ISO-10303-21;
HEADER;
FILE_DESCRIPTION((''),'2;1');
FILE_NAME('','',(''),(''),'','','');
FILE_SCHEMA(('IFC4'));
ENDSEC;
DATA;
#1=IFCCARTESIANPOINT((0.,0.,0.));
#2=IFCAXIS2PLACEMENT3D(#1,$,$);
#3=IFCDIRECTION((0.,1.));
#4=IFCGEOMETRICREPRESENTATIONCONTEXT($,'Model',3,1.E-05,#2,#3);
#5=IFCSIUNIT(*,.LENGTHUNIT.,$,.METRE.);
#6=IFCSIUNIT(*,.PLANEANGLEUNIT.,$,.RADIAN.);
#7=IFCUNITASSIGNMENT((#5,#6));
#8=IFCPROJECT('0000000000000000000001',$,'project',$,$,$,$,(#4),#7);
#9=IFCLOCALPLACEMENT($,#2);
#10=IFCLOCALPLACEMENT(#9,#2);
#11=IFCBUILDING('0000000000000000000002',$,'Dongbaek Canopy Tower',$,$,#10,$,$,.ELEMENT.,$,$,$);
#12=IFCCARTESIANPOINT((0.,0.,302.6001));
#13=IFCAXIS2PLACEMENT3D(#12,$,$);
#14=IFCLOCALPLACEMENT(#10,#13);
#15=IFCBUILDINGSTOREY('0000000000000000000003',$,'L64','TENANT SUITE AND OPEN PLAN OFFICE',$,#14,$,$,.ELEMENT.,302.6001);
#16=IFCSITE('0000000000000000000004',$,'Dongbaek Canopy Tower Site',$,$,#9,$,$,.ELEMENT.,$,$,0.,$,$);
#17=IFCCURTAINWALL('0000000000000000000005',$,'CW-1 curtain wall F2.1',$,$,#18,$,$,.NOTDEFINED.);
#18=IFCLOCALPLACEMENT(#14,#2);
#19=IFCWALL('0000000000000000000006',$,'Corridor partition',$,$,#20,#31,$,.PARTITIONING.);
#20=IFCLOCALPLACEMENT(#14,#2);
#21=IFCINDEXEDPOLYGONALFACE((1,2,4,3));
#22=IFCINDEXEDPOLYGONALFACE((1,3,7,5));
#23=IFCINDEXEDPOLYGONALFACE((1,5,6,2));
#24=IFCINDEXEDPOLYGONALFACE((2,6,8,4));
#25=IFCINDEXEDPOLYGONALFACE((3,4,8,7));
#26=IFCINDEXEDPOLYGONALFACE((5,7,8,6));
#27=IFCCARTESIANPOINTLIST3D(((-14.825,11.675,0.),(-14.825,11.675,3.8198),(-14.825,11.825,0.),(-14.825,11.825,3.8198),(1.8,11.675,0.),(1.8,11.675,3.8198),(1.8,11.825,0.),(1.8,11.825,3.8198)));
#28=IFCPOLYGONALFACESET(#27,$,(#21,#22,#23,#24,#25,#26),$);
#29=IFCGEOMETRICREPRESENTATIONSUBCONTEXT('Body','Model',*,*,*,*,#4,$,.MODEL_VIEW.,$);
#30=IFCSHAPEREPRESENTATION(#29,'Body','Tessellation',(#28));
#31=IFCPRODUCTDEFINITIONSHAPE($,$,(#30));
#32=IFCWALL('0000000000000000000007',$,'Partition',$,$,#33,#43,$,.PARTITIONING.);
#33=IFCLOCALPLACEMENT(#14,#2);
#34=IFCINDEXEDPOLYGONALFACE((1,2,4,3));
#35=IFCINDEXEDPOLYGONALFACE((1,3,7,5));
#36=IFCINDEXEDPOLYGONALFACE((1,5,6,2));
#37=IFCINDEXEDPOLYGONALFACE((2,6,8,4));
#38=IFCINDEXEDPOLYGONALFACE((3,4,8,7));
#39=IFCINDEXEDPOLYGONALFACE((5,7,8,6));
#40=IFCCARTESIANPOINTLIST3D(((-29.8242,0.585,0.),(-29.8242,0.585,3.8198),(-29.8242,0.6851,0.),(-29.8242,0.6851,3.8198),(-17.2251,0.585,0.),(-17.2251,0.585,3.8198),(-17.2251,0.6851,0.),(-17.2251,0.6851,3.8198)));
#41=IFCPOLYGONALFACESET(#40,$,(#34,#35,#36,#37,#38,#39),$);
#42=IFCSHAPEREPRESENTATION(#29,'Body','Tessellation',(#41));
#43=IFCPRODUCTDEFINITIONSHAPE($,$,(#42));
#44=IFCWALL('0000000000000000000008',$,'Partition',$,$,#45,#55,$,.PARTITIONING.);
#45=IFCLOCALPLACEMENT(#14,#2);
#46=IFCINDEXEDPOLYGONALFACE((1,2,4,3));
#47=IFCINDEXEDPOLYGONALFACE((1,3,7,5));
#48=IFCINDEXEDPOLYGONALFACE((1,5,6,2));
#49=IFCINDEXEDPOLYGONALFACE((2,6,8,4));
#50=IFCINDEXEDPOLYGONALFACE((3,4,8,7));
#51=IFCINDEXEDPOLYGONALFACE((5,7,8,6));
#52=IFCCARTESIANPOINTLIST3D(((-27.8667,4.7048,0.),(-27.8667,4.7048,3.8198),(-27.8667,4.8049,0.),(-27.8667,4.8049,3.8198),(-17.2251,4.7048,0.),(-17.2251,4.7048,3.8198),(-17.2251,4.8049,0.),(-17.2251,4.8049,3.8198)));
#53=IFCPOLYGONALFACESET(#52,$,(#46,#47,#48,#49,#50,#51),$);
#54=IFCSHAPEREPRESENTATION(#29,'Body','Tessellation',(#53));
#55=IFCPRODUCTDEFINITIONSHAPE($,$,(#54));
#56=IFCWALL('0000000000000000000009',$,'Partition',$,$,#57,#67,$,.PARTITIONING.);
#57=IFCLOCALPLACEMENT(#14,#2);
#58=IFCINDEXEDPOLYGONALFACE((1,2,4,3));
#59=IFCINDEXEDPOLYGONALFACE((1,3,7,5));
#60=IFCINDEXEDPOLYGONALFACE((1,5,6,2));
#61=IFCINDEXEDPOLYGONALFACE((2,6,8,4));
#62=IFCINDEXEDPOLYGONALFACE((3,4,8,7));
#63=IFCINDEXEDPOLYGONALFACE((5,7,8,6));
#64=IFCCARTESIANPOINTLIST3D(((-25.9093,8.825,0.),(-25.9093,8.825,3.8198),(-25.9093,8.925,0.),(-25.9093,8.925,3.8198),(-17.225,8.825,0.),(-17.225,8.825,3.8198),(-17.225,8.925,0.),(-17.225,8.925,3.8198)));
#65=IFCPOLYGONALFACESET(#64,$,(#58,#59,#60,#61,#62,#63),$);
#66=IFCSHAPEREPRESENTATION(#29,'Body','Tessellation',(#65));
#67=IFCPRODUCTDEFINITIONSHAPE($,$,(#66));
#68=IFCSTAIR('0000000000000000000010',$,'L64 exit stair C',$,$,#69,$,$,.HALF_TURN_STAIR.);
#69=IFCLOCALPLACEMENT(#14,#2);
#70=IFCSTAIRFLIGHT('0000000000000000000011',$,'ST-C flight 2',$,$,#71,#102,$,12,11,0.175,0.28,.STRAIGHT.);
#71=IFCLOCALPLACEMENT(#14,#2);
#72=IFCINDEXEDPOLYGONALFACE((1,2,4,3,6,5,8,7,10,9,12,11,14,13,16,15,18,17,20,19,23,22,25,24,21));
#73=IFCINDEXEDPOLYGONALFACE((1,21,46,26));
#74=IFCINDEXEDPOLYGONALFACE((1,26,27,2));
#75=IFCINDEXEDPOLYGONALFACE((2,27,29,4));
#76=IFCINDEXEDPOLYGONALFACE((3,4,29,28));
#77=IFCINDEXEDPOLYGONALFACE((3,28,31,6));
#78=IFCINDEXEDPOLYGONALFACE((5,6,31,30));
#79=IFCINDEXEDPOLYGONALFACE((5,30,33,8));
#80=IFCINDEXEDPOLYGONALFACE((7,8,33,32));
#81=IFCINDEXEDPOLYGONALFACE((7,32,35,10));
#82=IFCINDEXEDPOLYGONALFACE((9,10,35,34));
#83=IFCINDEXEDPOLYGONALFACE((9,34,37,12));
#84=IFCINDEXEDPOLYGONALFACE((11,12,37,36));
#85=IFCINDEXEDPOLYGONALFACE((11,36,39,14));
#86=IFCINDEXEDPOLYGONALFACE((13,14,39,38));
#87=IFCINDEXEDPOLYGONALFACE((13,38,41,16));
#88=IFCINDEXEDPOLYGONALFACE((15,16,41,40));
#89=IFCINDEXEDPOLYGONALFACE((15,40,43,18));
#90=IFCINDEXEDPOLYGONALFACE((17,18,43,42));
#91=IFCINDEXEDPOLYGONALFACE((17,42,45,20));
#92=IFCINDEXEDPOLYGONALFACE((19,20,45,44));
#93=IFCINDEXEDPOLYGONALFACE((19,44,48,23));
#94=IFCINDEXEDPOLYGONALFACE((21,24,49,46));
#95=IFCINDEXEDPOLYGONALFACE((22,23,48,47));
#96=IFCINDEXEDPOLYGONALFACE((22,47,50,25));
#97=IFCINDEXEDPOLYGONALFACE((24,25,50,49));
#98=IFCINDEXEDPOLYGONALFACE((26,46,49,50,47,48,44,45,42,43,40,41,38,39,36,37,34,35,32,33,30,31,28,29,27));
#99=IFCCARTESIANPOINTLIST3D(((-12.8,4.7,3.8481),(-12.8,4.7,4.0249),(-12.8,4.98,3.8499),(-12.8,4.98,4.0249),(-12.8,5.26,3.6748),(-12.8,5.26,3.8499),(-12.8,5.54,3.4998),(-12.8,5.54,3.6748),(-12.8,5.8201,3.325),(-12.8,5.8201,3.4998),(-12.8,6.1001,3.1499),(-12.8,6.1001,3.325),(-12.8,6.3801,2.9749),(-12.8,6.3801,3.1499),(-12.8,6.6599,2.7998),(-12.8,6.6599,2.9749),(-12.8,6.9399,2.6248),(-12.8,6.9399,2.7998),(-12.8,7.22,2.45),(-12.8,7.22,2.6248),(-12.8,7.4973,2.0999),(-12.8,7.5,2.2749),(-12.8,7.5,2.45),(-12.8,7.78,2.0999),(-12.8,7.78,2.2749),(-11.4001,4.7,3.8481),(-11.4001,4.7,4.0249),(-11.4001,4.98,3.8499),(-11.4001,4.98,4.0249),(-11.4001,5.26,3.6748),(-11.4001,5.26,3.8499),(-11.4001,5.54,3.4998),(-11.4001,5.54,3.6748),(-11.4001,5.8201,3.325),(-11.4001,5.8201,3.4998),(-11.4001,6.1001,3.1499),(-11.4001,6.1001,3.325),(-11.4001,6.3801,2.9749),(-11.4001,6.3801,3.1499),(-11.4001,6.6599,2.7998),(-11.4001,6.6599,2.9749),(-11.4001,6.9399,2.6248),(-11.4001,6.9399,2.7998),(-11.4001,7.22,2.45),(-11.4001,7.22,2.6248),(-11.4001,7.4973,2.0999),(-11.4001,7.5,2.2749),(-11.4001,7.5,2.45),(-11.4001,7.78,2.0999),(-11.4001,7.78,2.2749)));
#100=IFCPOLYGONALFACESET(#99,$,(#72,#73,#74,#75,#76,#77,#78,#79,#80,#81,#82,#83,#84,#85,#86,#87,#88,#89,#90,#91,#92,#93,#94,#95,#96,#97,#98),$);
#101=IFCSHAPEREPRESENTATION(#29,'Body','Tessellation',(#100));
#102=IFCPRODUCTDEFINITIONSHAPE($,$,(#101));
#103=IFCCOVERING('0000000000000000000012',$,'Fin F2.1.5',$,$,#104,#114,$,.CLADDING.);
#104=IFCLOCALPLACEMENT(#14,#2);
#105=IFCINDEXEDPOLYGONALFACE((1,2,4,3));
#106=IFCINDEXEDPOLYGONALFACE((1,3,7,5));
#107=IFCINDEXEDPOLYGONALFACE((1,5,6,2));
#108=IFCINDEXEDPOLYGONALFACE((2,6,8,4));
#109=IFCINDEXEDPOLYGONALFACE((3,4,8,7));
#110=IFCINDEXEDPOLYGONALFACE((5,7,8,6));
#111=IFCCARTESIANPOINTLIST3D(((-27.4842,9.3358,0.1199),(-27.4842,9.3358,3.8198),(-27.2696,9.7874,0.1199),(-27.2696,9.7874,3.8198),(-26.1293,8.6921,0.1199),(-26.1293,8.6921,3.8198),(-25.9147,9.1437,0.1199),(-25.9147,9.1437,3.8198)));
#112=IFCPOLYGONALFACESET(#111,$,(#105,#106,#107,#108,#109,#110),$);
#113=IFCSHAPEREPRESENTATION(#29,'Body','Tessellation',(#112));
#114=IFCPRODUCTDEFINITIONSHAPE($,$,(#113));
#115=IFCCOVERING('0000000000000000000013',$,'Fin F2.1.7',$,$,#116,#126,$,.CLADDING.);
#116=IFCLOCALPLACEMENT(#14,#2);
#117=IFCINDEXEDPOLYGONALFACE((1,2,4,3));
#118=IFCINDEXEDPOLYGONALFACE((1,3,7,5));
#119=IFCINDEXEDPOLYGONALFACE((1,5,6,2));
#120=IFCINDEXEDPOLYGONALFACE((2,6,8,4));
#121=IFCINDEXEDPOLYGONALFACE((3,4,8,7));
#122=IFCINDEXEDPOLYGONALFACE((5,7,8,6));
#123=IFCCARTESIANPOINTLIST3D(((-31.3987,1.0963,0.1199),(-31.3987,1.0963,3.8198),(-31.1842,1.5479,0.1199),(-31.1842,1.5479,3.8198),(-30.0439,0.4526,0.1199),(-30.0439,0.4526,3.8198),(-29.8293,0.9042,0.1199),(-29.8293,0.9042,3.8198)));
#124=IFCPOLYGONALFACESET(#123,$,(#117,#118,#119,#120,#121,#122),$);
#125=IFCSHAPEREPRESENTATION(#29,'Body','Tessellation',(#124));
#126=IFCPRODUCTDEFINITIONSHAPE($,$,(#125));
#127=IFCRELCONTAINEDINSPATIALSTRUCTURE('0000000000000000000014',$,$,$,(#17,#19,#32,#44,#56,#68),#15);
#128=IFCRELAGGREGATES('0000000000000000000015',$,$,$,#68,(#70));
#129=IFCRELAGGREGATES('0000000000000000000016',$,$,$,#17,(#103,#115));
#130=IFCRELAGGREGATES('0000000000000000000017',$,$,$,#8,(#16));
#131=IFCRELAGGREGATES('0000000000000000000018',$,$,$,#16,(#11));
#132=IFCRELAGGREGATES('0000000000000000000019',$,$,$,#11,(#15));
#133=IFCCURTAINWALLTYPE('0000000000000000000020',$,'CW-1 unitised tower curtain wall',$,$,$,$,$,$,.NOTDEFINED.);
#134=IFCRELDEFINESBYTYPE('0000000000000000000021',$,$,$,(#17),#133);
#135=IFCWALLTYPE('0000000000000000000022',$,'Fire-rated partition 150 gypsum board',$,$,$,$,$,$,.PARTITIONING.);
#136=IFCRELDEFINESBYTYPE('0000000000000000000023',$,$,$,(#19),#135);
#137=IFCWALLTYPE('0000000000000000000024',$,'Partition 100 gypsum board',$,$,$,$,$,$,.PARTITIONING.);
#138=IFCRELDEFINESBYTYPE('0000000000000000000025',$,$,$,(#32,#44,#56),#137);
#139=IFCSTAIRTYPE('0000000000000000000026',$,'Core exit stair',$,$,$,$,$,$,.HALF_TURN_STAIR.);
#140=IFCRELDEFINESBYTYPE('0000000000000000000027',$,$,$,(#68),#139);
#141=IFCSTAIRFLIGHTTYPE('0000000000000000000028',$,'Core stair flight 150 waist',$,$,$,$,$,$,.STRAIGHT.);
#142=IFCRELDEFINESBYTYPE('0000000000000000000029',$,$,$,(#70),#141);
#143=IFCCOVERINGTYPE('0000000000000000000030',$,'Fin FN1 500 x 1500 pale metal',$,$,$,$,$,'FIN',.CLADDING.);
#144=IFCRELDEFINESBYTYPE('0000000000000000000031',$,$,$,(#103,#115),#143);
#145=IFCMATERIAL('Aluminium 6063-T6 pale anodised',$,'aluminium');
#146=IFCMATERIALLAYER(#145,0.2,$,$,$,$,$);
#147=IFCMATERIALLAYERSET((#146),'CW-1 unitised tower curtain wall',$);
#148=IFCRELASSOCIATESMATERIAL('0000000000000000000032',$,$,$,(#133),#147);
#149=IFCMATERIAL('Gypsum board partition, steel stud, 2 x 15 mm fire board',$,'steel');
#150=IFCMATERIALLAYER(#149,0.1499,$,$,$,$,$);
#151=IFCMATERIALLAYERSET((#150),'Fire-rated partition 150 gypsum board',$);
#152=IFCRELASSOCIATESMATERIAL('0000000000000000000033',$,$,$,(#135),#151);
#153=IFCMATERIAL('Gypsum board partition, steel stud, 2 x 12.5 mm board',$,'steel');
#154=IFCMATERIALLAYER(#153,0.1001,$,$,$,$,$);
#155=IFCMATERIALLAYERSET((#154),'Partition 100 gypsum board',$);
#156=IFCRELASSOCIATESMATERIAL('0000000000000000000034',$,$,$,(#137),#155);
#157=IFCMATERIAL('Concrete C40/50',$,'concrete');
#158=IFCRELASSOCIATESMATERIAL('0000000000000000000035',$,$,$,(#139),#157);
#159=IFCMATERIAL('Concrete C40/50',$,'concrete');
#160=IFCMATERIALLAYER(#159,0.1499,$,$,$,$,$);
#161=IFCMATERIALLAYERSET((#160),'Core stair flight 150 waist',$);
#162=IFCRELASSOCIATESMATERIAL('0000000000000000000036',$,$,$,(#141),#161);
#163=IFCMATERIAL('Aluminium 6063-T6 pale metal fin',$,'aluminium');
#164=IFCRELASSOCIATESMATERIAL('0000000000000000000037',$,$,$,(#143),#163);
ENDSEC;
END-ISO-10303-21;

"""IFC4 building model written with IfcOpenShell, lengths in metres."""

from ifc_helpers import new_model, si_unit, direction, frame, frame_2d, origin, origin_2d, place, context, subcontext, project, spatial, polyline, rectangle, outline, extrude, material, layer, layer_set, material_profile, profile_set, type_object, element, aggregate, save


model = new_model("IFC4")

# Units and contexts
model_context = context("Model", 3, precision=1e-05, world=origin(), true_north=direction((0.0, 1.0)))
body_context = subcontext(model_context, "Body", "Model", "MODEL_VIEW")
ifc_project = project(units=[si_unit("LENGTHUNIT", "METRE"), si_unit("PLANEANGLEUNIT", "RADIAN")], contexts=[model_context])

# Site, building, storey
site_placement = place(None, origin())
site = spatial("IfcSite", under=ifc_project, at=site_placement, Name="Dongbaek Canopy Tower Site", CompositionType="ELEMENT", RefElevation=0.0)
building_placement = place(site_placement, origin())
building = spatial("IfcBuilding", under=site, at=building_placement, Name="Dongbaek Canopy Tower", CompositionType="ELEMENT")
storey_placement = place(building_placement, frame((0.0, 0.0, 302.6001)))
storey = spatial("IfcBuildingStorey", under=building, at=storey_placement, Name="L64", Description="TENANT SUITE AND OPEN PLAN OFFICE", CompositionType="ELEMENT", Elevation=302.6001)

# Curtain wall
ifc_material_1 = material(Name="Aluminium 6063-T6 pale anodised", Category="aluminium")
ifc_layer_1 = layer(ifc_material_1, 0.2)
ifc_layer_set_1 = layer_set([ifc_layer_1], Name="CW-1 unitised tower curtain wall")
curtain_wall_type = type_object("IfcCurtainWallType", Name="CW-1 unitised tower curtain wall", PredefinedType="NOTDEFINED", material=ifc_layer_set_1)
curtain_wall_placement = place(storey_placement, origin())
curtain_wall = element("IfcCurtainWall", 1, at=curtain_wall_placement, inside=storey, type_object=curtain_wall_type, Name="CW-1 curtain wall F2.1", PredefinedType="NOTDEFINED")

# Walls
ifc_material_2 = material(Name="Gypsum board partition, steel stud, 2 x 15 mm fire board", Category="steel")
ifc_layer_2 = layer(ifc_material_2, 0.1499)
ifc_layer_set_2 = layer_set([ifc_layer_2], Name="Fire-rated partition 150 gypsum board")
wall_type_1 = type_object("IfcWallType", Name="Fire-rated partition 150 gypsum board", PredefinedType="PARTITIONING", material=ifc_layer_set_2)
wall_1_placement = place(storey_placement, frame((-14.825, 11.75, 0.0), z_axis=(0.0, 0.0, 1.0), x_axis=(1.0, 0.0, 0.0)))
element("IfcWall", 2, at=wall_1_placement, inside=storey, type_object=wall_type_1, Name="Corridor partition", PredefinedType="PARTITIONING", context=body_context, shape_type="SweptSolid", body=[
    extrude(rectangle(XDim=16.625, YDim=0.1499, at=frame_2d((8.3125, 0.0))), origin(), (0.0, 0.0, 1.0), 3.8198),
])
ifc_material_3 = material(Name="Gypsum board partition, steel stud, 2 x 12.5 mm board", Category="steel")
ifc_layer_3 = layer(ifc_material_3, 0.1001)
ifc_layer_set_3 = layer_set([ifc_layer_3], Name="Partition 100 gypsum board")
wall_type_2 = type_object("IfcWallType", Name="Partition 100 gypsum board", PredefinedType="PARTITIONING", material=ifc_layer_set_3)
wall_2_placement = place(storey_placement, frame((-29.8242, 0.635, 0.0), z_axis=(0.0, 0.0, 1.0), x_axis=(1.0, 0.0, 0.0)))
element("IfcWall", 3, at=wall_2_placement, inside=storey, type_object=wall_type_2, Name="Partition", PredefinedType="PARTITIONING", context=body_context, shape_type="SweptSolid", body=[
    extrude(rectangle(XDim=12.5991, YDim=0.1001, at=frame_2d((6.2996, 0.0))), origin(), (0.0, 0.0, 1.0), 3.8198),
])
wall_3_placement = place(storey_placement, frame((-27.8667, 4.7549, 0.0), z_axis=(0.0, 0.0, 1.0), x_axis=(1.0, 0.0, 0.0)))
element("IfcWall", 4, at=wall_3_placement, inside=storey, type_object=wall_type_2, Name="Partition", PredefinedType="PARTITIONING", context=body_context, shape_type="SweptSolid", body=[
    extrude(rectangle(XDim=10.6416, YDim=0.1001, at=frame_2d((5.3208, 0.0))), origin(), (0.0, 0.0, 1.0), 3.8198),
])
wall_4_placement = place(storey_placement, frame((-25.9094, 8.875, 0.0), z_axis=(0.0, 0.0, 1.0), x_axis=(1.0, 0.0, 0.0)))
element("IfcWall", 5, at=wall_4_placement, inside=storey, type_object=wall_type_2, Name="Partition", PredefinedType="PARTITIONING", context=body_context, shape_type="SweptSolid", body=[
    extrude(rectangle(XDim=8.6843, YDim=0.1001, at=frame_2d((4.3423, 0.0))), origin(), (0.0, 0.0, 1.0), 3.8198),
])

# Stair, stair flight
ifc_material_4 = material(Name="Concrete C40/50", Category="concrete")
stair_type = type_object("IfcStairType", Name="Core exit stair", PredefinedType="HALF_TURN_STAIR", material=ifc_material_4)
stair_placement = place(storey_placement, origin())
stair = element("IfcStair", 6, at=stair_placement, inside=storey, type_object=stair_type, Name="L64 exit stair C", PredefinedType="HALF_TURN_STAIR")
ifc_material_5 = material(Name="Concrete C40/50", Category="concrete")
ifc_layer_4 = layer(ifc_material_5, 0.1499)
ifc_layer_set_4 = layer_set([ifc_layer_4], Name="Core stair flight 150 waist")
stair_flight_type = type_object("IfcStairFlightType", Name="Core stair flight 150 waist", PredefinedType="STRAIGHT", material=ifc_layer_set_4)
stair_flight_placement = place(storey_placement, frame((-12.1001, 7.78, 2.0999), z_axis=(0.0, 0.0, 1.0), x_axis=(0.0, -1.0, 0.0)))
stair_flight = element("IfcStairFlight", 7, at=stair_flight_placement, type_object=stair_flight_type, Name="ST-C flight 2", NumberOfRisers=12, NumberOfTreads=11, PredefinedType="STRAIGHT", RiserHeight=0.175, TreadLength=0.28, context=body_context, shape_type="SweptSolid", body=[
    extrude(outline(polyline([(0.0, 0.0), (0.0, 0.175), (0.28, 0.175), (0.28, 0.3501), (0.5601, 0.3501), (0.5601, 0.5249), (0.8401, 0.5249), (0.8401, 0.7), (1.1201, 0.7), (1.1201, 0.875), (1.3999, 0.875), (1.3999, 1.05), (1.6799, 1.05), (1.6799, 1.2251), (1.96, 1.2251), (1.96, 1.3999), (2.24, 1.3999), (2.24, 1.575), (2.52, 1.575), (2.52, 1.75), (2.8, 1.75), (2.8, 1.925), (3.0801, 1.925), (3.0801, 2.1001), (3.0801, 1.7483), (0.2827, 0.0), (0.0, 0.0)])), frame((0.0, 0.7, 0.0), z_axis=(0.0, -1.0, 0.0), x_axis=(1.0, 0.0, 0.0)), (0.0, 0.0, 1.0), 1.3999),
])
aggregate(stair, [stair_flight])

# Coverings
ifc_material_6 = material(Name="Aluminium 6063-T6 pale metal fin", Category="aluminium")
ifc_material_profile_1 = material_profile(ifc_material_6, rectangle(XDim=1.5, YDim=0.5, at=origin_2d()), Name="Fin FN1 500 x 1500 pale metal")
ifc_profile_set_1 = profile_set([ifc_material_profile_1], Name="Aluminium 6063-T6 pale metal fin")
covering_type = type_object("IfcCoveringType", Name="Fin FN1 500 x 1500 pale metal", ElementType="FIN", PredefinedType="CLADDING", material=ifc_profile_set_1)
covering_1_placement = place(storey_placement, frame((-26.6995, 9.2397, 0.1199), z_axis=(0.0, 0.0, 1.0), x_axis=(-0.903236, 0.429143, 0.0)))
covering_1 = element("IfcCovering", 8, at=covering_1_placement, type_object=covering_type, Name="Fin F2.1.5", PredefinedType="CLADDING", context=body_context, shape_type="SweptSolid", body=[
    extrude(rectangle(XDim=1.5, YDim=0.5, at=origin_2d()), origin(), (0.0, 0.0, 1.0), 3.7),
])
covering_2_placement = place(storey_placement, frame((-30.614, 1.0002, 0.1199), z_axis=(0.0, 0.0, 1.0), x_axis=(-0.903236, 0.429143, 0.0)))
covering_2 = element("IfcCovering", 9, at=covering_2_placement, type_object=covering_type, Name="Fin F2.1.7", PredefinedType="CLADDING", context=body_context, shape_type="SweptSolid", body=[
    extrude(rectangle(XDim=1.5, YDim=0.5, at=origin_2d()), origin(), (0.0, 0.0, 1.0), 3.7),
])
aggregate(curtain_wall, [covering_1, covering_2])

save(model, "model.ifc")
